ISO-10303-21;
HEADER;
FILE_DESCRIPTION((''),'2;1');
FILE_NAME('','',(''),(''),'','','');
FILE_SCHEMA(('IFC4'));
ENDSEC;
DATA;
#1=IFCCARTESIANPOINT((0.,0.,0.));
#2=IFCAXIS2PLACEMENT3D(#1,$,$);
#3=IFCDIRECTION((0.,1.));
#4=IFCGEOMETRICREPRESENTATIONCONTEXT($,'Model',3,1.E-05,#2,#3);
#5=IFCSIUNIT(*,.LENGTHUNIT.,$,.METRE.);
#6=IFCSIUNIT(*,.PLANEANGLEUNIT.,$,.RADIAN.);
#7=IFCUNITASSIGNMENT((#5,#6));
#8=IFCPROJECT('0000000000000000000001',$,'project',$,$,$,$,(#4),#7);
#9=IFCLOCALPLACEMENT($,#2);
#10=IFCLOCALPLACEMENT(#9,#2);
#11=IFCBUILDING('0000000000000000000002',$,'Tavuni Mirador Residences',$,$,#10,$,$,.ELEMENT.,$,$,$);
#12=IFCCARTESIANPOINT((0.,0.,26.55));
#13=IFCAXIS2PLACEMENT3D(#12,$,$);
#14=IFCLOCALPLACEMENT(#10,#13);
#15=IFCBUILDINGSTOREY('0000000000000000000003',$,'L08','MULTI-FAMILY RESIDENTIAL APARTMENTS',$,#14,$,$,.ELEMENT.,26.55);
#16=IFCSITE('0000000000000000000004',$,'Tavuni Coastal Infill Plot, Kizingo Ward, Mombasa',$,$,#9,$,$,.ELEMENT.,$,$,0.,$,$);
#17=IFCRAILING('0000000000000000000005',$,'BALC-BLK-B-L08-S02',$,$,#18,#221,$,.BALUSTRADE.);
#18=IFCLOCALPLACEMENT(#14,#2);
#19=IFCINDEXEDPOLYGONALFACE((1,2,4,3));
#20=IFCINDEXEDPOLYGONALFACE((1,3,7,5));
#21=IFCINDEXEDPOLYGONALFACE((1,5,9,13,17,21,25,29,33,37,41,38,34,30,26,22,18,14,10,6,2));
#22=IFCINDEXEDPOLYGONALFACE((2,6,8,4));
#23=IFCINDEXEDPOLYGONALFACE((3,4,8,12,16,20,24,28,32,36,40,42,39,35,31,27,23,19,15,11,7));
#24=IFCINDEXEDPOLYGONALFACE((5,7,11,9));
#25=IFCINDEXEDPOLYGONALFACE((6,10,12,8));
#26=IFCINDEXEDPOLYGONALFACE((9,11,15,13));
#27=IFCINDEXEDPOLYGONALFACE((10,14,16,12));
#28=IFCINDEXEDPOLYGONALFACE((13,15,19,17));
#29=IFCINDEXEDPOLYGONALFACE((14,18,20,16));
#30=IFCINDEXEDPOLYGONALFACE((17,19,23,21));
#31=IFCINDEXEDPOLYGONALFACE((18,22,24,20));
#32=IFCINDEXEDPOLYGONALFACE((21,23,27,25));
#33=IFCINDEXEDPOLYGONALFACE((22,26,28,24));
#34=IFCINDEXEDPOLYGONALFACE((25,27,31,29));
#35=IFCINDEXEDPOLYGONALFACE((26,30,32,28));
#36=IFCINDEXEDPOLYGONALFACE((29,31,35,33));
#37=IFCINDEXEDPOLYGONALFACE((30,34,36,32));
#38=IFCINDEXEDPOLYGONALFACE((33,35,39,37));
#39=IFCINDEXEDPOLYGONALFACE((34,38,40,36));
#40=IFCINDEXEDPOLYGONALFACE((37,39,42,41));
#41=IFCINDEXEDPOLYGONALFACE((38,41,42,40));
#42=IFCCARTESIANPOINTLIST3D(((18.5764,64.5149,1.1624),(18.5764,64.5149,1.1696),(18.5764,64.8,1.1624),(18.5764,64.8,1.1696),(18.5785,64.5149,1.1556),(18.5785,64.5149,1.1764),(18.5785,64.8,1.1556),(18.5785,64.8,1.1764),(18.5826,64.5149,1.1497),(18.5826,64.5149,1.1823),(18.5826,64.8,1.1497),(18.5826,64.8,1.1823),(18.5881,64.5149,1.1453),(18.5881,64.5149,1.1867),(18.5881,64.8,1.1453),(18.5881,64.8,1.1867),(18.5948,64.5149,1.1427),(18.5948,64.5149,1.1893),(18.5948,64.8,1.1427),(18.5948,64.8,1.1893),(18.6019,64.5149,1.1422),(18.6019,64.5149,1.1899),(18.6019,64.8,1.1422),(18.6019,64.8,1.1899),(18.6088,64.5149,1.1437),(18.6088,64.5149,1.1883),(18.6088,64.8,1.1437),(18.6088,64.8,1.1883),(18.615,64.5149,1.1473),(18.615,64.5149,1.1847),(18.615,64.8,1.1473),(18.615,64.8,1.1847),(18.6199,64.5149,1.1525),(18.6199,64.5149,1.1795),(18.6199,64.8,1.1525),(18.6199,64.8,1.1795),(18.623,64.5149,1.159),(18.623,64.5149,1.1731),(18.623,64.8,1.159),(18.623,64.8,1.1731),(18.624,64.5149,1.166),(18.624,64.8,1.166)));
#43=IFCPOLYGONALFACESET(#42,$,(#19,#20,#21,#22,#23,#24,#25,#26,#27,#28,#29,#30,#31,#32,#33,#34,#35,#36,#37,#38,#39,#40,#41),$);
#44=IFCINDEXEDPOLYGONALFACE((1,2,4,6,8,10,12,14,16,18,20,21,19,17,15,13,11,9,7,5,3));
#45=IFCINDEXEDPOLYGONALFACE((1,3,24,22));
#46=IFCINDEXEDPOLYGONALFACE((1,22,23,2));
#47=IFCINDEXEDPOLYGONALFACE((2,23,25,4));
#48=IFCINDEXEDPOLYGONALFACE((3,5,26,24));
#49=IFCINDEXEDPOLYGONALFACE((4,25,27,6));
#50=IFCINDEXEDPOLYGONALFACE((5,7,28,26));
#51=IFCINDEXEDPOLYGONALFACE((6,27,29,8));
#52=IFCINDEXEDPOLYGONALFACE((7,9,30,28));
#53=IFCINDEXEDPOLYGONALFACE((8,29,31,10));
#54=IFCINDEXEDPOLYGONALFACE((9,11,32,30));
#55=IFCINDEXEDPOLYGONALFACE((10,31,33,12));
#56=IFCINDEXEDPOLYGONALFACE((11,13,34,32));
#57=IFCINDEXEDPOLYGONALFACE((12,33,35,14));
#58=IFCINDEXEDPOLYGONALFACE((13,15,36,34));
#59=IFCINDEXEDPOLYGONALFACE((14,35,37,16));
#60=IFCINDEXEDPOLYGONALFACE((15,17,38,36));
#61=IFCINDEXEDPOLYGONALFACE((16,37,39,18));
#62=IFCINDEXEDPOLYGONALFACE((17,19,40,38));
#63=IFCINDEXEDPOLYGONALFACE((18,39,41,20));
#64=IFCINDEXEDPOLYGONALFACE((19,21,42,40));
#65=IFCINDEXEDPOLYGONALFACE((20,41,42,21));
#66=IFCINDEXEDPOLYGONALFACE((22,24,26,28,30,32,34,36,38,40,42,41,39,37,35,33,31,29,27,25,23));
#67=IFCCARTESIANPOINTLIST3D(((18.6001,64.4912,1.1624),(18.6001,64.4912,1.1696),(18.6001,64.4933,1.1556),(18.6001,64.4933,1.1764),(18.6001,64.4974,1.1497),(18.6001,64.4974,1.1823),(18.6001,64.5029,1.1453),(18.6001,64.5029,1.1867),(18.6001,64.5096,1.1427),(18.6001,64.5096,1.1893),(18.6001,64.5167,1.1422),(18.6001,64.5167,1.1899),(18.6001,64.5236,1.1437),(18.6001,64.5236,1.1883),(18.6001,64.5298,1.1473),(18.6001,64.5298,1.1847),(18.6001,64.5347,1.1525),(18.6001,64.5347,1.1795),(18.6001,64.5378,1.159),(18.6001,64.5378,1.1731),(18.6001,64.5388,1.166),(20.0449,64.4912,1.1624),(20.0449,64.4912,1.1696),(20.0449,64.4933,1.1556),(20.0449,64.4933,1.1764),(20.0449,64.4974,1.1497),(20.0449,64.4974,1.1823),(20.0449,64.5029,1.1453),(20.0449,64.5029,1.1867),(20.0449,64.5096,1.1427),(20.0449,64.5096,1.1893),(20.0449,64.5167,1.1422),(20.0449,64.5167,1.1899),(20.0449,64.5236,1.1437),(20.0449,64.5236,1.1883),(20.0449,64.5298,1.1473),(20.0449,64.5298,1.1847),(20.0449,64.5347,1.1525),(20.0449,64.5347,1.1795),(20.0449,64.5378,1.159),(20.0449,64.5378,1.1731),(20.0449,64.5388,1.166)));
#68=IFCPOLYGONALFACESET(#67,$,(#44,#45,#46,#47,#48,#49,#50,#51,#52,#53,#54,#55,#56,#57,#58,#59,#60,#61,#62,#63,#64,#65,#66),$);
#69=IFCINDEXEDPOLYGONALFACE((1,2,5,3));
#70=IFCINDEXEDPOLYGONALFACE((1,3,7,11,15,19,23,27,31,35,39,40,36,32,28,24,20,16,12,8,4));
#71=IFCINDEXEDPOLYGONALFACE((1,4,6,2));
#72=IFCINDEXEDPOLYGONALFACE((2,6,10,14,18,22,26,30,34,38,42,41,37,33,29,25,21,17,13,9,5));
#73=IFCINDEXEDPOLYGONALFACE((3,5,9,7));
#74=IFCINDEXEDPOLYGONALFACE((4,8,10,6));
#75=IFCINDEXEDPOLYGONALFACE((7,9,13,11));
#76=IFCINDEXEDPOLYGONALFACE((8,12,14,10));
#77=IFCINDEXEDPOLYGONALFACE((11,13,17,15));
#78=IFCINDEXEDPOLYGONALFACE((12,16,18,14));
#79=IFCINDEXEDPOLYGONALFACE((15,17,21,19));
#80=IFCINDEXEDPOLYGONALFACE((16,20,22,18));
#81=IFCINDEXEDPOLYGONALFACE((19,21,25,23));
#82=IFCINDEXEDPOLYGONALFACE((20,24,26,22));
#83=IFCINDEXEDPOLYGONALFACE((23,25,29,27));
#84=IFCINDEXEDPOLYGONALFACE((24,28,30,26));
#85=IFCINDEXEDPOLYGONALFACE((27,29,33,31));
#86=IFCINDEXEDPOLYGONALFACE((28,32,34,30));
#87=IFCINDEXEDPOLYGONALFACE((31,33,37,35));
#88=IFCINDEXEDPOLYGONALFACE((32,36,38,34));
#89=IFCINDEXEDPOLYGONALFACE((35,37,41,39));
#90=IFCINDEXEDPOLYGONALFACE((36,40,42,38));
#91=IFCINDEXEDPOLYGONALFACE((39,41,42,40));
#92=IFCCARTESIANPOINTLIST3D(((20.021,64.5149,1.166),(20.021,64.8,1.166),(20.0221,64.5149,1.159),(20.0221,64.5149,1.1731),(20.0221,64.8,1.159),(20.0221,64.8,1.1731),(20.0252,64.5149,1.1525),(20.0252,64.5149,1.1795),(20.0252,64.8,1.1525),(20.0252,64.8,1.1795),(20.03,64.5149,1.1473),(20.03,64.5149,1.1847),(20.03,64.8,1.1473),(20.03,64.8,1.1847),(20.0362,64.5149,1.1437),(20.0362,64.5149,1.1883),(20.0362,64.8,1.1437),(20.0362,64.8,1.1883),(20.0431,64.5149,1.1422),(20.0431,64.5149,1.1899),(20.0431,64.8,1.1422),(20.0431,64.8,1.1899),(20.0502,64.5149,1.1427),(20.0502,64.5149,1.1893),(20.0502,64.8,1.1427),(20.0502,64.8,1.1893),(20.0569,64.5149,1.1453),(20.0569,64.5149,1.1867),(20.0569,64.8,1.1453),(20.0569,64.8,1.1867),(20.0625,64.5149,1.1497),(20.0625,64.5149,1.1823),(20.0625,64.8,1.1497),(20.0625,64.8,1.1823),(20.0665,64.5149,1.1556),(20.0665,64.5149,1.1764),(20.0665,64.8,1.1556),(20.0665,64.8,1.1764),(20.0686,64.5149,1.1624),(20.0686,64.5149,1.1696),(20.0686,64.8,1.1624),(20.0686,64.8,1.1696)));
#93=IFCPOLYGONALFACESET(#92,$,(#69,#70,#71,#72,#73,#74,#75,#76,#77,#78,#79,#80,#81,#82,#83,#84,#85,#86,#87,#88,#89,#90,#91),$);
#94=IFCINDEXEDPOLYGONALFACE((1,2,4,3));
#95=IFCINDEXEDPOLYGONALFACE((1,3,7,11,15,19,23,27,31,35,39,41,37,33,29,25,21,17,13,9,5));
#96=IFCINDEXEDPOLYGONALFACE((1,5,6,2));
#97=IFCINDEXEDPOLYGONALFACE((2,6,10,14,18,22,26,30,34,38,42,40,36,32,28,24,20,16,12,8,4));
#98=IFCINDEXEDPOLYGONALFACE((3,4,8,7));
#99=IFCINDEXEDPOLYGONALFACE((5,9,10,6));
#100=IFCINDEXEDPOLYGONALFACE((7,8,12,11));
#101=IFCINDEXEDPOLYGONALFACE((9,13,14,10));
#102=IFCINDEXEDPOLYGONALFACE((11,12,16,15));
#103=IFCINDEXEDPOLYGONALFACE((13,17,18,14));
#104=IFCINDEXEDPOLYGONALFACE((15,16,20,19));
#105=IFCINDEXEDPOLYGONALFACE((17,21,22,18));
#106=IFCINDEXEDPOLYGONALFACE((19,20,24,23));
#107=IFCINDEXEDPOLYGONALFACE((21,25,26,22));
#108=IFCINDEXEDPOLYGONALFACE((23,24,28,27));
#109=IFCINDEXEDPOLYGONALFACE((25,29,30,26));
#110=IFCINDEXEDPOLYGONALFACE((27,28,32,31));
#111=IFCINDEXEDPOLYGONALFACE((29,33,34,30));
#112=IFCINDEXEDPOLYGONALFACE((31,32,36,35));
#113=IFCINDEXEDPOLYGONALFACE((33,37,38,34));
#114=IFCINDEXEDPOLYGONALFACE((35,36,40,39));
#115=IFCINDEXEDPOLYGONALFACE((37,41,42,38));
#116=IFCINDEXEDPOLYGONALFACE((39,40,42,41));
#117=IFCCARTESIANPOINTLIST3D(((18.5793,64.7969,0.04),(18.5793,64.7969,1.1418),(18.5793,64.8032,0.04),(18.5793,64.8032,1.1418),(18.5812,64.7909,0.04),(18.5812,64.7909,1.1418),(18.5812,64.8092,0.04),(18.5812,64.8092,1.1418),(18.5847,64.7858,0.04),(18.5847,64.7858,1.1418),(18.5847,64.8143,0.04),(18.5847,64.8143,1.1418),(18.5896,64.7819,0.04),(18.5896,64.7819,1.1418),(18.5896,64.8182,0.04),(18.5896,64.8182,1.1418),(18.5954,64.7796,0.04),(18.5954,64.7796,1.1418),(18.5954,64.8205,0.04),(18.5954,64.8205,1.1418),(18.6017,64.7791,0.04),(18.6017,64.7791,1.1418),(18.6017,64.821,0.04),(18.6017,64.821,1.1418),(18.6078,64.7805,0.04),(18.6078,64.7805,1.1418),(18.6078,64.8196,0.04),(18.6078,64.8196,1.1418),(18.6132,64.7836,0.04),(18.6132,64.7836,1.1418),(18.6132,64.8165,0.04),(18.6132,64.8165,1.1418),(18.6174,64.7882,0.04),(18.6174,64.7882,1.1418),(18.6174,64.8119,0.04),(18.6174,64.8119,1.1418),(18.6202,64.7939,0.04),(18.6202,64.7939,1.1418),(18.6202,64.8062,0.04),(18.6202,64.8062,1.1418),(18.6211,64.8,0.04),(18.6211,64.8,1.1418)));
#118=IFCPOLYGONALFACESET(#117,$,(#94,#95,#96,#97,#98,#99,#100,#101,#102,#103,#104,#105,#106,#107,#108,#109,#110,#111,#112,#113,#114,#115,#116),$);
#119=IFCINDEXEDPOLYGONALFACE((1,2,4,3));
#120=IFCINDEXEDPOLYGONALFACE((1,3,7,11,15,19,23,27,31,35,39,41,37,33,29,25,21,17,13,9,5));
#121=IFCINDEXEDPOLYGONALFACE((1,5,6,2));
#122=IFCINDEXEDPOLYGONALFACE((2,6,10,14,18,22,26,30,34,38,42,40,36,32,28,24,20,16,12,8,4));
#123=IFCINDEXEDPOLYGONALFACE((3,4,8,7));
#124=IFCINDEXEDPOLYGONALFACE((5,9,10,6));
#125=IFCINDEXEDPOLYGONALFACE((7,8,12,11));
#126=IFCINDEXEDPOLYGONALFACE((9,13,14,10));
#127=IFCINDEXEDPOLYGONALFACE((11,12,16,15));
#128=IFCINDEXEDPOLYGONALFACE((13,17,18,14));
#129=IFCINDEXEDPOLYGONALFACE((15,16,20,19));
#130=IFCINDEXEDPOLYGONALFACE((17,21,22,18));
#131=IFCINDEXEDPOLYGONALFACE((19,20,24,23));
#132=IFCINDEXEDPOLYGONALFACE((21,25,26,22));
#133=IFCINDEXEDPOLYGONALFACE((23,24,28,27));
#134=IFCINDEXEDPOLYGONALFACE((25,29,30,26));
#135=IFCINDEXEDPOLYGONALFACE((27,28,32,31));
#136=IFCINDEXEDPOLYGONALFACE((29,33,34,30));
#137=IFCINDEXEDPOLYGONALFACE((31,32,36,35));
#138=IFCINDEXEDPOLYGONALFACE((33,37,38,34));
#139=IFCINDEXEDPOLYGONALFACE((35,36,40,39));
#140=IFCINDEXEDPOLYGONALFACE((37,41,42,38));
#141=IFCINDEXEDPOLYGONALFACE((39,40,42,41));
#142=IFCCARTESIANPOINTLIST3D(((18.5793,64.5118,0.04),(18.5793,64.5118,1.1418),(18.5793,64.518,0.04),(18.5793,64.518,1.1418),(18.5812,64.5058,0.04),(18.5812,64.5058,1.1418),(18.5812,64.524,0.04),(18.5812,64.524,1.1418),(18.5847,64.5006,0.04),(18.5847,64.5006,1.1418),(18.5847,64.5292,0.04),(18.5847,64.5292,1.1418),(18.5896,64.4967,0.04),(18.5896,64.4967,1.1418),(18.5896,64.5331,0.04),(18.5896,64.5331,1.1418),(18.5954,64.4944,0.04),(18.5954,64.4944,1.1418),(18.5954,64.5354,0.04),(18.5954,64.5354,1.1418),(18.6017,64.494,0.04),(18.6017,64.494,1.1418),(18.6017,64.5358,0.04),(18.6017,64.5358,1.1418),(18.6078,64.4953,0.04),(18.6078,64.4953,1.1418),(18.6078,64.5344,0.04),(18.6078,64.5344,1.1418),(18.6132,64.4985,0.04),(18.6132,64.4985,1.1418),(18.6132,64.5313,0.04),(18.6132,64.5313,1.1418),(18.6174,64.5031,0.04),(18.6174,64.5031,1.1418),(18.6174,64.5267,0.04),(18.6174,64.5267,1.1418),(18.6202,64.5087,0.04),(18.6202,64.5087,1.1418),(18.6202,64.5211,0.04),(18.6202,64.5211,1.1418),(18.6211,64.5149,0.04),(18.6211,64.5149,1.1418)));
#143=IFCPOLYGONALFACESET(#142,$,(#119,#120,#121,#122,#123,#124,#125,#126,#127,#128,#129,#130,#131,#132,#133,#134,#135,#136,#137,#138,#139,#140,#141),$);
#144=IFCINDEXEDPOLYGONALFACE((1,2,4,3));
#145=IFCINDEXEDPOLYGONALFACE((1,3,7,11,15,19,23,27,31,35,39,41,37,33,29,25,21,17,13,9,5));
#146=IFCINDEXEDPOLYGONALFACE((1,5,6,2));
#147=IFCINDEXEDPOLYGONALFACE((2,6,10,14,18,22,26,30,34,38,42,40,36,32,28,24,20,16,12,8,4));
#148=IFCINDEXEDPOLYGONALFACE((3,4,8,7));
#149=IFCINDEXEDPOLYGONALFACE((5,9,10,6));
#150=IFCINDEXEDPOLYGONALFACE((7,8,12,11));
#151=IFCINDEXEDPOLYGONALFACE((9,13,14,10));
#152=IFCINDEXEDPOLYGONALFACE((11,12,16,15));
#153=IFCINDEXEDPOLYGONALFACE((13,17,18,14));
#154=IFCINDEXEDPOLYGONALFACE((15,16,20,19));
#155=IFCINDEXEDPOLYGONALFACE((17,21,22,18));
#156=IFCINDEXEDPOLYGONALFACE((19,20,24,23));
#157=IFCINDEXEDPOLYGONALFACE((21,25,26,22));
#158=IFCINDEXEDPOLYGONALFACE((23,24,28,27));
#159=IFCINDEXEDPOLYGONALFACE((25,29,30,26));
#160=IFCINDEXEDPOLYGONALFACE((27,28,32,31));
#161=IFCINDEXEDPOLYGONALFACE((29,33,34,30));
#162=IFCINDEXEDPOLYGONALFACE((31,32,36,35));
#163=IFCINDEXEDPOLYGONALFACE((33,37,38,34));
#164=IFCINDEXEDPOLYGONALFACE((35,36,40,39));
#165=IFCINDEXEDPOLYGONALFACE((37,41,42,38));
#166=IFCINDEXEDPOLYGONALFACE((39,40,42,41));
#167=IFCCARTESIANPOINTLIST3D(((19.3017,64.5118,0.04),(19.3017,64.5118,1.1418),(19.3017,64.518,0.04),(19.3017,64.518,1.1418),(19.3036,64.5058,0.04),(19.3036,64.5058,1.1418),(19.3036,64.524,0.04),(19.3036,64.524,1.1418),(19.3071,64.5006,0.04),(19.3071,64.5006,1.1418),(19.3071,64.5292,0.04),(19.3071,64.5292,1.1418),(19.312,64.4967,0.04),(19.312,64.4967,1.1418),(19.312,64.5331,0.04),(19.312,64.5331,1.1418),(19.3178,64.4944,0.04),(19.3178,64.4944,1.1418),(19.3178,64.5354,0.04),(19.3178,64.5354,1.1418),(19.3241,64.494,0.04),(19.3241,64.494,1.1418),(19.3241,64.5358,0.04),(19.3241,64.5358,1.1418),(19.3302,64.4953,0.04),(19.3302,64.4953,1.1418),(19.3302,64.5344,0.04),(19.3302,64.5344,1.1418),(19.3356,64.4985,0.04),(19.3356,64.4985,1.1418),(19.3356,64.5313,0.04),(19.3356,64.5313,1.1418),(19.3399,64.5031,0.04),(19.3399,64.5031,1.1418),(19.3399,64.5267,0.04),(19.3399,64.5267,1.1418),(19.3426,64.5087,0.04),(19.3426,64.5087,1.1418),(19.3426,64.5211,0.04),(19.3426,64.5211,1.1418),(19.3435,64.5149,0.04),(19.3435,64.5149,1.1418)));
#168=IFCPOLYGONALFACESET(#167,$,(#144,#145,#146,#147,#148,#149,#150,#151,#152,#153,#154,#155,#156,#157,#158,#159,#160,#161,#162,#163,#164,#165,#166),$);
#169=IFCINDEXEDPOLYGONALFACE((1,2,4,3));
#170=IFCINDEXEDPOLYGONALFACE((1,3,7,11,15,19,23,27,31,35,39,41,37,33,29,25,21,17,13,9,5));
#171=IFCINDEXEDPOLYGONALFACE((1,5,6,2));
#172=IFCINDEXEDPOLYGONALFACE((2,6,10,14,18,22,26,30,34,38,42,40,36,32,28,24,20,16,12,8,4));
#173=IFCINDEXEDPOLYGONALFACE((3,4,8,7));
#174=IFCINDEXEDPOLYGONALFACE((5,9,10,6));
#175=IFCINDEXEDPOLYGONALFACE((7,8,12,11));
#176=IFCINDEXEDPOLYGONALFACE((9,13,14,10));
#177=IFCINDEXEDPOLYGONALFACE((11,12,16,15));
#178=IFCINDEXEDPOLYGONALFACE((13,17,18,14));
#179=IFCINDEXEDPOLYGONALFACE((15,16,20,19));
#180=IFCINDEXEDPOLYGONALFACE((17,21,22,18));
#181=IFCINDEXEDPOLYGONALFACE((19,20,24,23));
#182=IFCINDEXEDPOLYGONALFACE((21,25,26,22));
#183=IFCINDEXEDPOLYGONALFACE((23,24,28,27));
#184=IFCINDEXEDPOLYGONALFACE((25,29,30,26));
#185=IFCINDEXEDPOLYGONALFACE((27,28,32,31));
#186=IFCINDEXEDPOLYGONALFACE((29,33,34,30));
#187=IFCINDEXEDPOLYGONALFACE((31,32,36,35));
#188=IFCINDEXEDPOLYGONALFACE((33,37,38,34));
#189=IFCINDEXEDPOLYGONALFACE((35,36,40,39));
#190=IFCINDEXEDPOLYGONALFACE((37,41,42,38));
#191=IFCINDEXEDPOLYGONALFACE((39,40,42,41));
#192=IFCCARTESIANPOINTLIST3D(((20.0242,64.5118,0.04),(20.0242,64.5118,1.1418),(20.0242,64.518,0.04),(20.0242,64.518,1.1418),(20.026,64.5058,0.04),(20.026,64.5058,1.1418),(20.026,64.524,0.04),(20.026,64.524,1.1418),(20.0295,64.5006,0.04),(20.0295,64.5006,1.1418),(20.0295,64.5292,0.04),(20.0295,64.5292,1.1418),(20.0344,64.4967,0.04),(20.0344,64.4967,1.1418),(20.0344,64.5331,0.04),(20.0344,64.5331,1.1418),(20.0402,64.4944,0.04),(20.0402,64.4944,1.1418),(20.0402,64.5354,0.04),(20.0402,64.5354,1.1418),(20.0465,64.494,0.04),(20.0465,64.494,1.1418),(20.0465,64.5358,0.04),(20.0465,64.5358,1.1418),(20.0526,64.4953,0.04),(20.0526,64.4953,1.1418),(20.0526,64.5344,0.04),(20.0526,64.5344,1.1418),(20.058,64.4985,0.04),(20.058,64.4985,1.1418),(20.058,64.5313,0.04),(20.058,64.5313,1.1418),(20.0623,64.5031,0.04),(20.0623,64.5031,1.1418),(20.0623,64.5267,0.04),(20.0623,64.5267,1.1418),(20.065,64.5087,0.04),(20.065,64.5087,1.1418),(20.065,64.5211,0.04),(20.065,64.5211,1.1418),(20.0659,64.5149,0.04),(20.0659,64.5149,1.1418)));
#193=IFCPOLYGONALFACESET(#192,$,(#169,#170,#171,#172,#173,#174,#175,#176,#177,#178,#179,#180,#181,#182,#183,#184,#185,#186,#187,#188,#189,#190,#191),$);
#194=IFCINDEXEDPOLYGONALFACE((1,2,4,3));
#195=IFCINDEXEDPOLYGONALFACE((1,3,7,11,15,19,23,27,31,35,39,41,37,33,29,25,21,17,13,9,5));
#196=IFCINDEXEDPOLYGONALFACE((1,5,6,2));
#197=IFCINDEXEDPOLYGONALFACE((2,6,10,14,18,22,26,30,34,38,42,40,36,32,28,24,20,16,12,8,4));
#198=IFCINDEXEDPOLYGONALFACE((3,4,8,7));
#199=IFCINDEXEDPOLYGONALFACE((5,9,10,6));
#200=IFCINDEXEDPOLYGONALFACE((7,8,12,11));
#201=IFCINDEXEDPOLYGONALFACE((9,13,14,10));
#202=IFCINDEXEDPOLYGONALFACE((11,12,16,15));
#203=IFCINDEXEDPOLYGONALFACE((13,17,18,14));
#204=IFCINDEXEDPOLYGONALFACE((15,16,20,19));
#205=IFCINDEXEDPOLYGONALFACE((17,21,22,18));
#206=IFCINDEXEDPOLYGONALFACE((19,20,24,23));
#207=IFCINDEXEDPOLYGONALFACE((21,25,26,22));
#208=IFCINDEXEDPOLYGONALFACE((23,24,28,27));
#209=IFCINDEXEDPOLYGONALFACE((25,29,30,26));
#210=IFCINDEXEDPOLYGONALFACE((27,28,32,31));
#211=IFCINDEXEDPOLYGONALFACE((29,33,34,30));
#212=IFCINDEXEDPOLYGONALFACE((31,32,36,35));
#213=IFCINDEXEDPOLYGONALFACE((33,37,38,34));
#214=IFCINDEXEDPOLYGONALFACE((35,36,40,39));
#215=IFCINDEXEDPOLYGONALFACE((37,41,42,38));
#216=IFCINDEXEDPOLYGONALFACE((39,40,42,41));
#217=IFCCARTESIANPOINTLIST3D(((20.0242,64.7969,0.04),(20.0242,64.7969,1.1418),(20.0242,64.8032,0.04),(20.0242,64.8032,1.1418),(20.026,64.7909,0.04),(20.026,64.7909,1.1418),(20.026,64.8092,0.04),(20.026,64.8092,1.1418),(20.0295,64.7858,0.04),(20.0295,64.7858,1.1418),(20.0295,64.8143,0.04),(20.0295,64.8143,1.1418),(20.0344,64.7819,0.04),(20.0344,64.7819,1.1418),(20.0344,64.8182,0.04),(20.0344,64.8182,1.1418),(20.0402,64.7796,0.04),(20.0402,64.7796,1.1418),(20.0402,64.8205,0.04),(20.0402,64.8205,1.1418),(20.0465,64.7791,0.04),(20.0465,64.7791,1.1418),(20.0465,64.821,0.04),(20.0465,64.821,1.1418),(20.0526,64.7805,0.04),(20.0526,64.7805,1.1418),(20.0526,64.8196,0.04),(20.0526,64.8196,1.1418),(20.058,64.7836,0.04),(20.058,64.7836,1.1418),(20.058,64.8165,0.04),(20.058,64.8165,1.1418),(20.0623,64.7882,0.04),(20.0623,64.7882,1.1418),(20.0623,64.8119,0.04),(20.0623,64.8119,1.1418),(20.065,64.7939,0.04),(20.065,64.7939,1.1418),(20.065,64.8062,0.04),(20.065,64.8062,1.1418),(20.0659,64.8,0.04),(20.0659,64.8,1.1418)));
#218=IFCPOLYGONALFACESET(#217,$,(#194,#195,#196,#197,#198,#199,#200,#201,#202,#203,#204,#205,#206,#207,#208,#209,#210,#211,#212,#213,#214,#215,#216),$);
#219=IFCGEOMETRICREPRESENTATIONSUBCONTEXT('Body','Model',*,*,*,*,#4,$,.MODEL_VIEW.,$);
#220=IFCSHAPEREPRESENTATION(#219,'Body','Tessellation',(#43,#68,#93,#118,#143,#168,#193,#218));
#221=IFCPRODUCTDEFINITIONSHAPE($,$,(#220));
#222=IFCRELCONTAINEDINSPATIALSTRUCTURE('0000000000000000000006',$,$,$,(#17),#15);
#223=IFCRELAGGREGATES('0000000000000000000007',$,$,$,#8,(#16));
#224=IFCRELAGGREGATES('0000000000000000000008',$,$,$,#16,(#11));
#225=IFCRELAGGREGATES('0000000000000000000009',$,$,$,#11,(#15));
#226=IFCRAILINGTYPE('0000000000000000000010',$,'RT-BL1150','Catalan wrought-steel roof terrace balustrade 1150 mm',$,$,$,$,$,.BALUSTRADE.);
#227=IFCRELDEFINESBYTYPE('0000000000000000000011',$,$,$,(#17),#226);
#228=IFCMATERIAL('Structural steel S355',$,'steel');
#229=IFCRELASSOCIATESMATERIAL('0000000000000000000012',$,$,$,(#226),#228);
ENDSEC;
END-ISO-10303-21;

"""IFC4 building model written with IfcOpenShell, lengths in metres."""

from ifc_helpers import new_model, si_unit, direction, frame, origin, origin_2d, place, context, subcontext, project, spatial, circle, extrude, material, type_object, element, save


model = new_model("IFC4")

# Units and contexts
model_context = context("Model", 3, precision=1e-05, world=origin(), true_north=direction((0.0, 1.0)))
body_context = subcontext(model_context, "Body", "Model", "MODEL_VIEW")
ifc_project = project(units=[si_unit("LENGTHUNIT", "METRE"), si_unit("PLANEANGLEUNIT", "RADIAN")], contexts=[model_context])

# Site, building, storey
site_placement = place(None, origin())
site = spatial("IfcSite", under=ifc_project, at=site_placement, Name="Tavuni Coastal Infill Plot, Kizingo Ward, Mombasa", CompositionType="ELEMENT", RefElevation=0.0)
building_placement = place(site_placement, origin())
building = spatial("IfcBuilding", under=site, at=building_placement, Name="Tavuni Mirador Residences", CompositionType="ELEMENT")
storey_placement = place(building_placement, frame((0.0, 0.0, 26.55)))
storey = spatial("IfcBuildingStorey", under=building, at=storey_placement, Name="L08", Description="MULTI-FAMILY RESIDENTIAL APARTMENTS", CompositionType="ELEMENT", Elevation=26.55)

# Railing
ifc_material_1 = material(Name="Structural steel S355", Category="steel")
railing_type = type_object("IfcRailingType", Name="RT-BL1150", Description="Catalan wrought-steel roof terrace balustrade 1150 mm", PredefinedType="BALUSTRADE", material=ifc_material_1)
railing_placement = place(storey_placement, frame((18.6001, 64.8, 0.04)))
element("IfcRailing", 1, at=railing_placement, inside=storey, type_object=railing_type, Name="BALC-BLK-B-L08-S02", PredefinedType="BALUSTRADE", context=body_context, shape_type="SweptSolid", body=[
    extrude(circle(Radius=0.0239, at=origin_2d()), frame((0.0, 0.0, 1.126), z_axis=(0.0, -1.0, 0.0), x_axis=(1.0, 0.0, 0.0)), (0.0, 0.0, 1.0), 0.2852),
    extrude(circle(Radius=0.0239, at=origin_2d()), frame((0.0, -0.2852, 1.126), z_axis=(1.0, 0.0, 0.0), x_axis=(0.0, 1.0, 0.0)), (0.0, 0.0, 1.0), 1.4448),
    extrude(circle(Radius=0.0239, at=origin_2d()), frame((1.4448, -0.2852, 1.126), z_axis=(0.0, 1.0, 0.0), x_axis=(-1.0, 0.0, 0.0)), (0.0, 0.0, 1.0), 0.2852),
    extrude(circle(Radius=0.021, at=origin_2d()), origin(), (0.0, 0.0, 1.0), 1.1018),
    extrude(circle(Radius=0.021, at=origin_2d()), frame((0.0, -0.2852, 0.0)), (0.0, 0.0, 1.0), 1.1018),
    extrude(circle(Radius=0.021, at=origin_2d()), frame((0.7224, -0.2852, 0.0)), (0.0, 0.0, 1.0), 1.1018),
    extrude(circle(Radius=0.021, at=origin_2d()), frame((1.4448, -0.2852, 0.0)), (0.0, 0.0, 1.0), 1.1018),
    extrude(circle(Radius=0.021, at=origin_2d()), frame((1.4448, 0.0, 0.0)), (0.0, 0.0, 1.0), 1.1018),
])

save(model, "model.ifc")
